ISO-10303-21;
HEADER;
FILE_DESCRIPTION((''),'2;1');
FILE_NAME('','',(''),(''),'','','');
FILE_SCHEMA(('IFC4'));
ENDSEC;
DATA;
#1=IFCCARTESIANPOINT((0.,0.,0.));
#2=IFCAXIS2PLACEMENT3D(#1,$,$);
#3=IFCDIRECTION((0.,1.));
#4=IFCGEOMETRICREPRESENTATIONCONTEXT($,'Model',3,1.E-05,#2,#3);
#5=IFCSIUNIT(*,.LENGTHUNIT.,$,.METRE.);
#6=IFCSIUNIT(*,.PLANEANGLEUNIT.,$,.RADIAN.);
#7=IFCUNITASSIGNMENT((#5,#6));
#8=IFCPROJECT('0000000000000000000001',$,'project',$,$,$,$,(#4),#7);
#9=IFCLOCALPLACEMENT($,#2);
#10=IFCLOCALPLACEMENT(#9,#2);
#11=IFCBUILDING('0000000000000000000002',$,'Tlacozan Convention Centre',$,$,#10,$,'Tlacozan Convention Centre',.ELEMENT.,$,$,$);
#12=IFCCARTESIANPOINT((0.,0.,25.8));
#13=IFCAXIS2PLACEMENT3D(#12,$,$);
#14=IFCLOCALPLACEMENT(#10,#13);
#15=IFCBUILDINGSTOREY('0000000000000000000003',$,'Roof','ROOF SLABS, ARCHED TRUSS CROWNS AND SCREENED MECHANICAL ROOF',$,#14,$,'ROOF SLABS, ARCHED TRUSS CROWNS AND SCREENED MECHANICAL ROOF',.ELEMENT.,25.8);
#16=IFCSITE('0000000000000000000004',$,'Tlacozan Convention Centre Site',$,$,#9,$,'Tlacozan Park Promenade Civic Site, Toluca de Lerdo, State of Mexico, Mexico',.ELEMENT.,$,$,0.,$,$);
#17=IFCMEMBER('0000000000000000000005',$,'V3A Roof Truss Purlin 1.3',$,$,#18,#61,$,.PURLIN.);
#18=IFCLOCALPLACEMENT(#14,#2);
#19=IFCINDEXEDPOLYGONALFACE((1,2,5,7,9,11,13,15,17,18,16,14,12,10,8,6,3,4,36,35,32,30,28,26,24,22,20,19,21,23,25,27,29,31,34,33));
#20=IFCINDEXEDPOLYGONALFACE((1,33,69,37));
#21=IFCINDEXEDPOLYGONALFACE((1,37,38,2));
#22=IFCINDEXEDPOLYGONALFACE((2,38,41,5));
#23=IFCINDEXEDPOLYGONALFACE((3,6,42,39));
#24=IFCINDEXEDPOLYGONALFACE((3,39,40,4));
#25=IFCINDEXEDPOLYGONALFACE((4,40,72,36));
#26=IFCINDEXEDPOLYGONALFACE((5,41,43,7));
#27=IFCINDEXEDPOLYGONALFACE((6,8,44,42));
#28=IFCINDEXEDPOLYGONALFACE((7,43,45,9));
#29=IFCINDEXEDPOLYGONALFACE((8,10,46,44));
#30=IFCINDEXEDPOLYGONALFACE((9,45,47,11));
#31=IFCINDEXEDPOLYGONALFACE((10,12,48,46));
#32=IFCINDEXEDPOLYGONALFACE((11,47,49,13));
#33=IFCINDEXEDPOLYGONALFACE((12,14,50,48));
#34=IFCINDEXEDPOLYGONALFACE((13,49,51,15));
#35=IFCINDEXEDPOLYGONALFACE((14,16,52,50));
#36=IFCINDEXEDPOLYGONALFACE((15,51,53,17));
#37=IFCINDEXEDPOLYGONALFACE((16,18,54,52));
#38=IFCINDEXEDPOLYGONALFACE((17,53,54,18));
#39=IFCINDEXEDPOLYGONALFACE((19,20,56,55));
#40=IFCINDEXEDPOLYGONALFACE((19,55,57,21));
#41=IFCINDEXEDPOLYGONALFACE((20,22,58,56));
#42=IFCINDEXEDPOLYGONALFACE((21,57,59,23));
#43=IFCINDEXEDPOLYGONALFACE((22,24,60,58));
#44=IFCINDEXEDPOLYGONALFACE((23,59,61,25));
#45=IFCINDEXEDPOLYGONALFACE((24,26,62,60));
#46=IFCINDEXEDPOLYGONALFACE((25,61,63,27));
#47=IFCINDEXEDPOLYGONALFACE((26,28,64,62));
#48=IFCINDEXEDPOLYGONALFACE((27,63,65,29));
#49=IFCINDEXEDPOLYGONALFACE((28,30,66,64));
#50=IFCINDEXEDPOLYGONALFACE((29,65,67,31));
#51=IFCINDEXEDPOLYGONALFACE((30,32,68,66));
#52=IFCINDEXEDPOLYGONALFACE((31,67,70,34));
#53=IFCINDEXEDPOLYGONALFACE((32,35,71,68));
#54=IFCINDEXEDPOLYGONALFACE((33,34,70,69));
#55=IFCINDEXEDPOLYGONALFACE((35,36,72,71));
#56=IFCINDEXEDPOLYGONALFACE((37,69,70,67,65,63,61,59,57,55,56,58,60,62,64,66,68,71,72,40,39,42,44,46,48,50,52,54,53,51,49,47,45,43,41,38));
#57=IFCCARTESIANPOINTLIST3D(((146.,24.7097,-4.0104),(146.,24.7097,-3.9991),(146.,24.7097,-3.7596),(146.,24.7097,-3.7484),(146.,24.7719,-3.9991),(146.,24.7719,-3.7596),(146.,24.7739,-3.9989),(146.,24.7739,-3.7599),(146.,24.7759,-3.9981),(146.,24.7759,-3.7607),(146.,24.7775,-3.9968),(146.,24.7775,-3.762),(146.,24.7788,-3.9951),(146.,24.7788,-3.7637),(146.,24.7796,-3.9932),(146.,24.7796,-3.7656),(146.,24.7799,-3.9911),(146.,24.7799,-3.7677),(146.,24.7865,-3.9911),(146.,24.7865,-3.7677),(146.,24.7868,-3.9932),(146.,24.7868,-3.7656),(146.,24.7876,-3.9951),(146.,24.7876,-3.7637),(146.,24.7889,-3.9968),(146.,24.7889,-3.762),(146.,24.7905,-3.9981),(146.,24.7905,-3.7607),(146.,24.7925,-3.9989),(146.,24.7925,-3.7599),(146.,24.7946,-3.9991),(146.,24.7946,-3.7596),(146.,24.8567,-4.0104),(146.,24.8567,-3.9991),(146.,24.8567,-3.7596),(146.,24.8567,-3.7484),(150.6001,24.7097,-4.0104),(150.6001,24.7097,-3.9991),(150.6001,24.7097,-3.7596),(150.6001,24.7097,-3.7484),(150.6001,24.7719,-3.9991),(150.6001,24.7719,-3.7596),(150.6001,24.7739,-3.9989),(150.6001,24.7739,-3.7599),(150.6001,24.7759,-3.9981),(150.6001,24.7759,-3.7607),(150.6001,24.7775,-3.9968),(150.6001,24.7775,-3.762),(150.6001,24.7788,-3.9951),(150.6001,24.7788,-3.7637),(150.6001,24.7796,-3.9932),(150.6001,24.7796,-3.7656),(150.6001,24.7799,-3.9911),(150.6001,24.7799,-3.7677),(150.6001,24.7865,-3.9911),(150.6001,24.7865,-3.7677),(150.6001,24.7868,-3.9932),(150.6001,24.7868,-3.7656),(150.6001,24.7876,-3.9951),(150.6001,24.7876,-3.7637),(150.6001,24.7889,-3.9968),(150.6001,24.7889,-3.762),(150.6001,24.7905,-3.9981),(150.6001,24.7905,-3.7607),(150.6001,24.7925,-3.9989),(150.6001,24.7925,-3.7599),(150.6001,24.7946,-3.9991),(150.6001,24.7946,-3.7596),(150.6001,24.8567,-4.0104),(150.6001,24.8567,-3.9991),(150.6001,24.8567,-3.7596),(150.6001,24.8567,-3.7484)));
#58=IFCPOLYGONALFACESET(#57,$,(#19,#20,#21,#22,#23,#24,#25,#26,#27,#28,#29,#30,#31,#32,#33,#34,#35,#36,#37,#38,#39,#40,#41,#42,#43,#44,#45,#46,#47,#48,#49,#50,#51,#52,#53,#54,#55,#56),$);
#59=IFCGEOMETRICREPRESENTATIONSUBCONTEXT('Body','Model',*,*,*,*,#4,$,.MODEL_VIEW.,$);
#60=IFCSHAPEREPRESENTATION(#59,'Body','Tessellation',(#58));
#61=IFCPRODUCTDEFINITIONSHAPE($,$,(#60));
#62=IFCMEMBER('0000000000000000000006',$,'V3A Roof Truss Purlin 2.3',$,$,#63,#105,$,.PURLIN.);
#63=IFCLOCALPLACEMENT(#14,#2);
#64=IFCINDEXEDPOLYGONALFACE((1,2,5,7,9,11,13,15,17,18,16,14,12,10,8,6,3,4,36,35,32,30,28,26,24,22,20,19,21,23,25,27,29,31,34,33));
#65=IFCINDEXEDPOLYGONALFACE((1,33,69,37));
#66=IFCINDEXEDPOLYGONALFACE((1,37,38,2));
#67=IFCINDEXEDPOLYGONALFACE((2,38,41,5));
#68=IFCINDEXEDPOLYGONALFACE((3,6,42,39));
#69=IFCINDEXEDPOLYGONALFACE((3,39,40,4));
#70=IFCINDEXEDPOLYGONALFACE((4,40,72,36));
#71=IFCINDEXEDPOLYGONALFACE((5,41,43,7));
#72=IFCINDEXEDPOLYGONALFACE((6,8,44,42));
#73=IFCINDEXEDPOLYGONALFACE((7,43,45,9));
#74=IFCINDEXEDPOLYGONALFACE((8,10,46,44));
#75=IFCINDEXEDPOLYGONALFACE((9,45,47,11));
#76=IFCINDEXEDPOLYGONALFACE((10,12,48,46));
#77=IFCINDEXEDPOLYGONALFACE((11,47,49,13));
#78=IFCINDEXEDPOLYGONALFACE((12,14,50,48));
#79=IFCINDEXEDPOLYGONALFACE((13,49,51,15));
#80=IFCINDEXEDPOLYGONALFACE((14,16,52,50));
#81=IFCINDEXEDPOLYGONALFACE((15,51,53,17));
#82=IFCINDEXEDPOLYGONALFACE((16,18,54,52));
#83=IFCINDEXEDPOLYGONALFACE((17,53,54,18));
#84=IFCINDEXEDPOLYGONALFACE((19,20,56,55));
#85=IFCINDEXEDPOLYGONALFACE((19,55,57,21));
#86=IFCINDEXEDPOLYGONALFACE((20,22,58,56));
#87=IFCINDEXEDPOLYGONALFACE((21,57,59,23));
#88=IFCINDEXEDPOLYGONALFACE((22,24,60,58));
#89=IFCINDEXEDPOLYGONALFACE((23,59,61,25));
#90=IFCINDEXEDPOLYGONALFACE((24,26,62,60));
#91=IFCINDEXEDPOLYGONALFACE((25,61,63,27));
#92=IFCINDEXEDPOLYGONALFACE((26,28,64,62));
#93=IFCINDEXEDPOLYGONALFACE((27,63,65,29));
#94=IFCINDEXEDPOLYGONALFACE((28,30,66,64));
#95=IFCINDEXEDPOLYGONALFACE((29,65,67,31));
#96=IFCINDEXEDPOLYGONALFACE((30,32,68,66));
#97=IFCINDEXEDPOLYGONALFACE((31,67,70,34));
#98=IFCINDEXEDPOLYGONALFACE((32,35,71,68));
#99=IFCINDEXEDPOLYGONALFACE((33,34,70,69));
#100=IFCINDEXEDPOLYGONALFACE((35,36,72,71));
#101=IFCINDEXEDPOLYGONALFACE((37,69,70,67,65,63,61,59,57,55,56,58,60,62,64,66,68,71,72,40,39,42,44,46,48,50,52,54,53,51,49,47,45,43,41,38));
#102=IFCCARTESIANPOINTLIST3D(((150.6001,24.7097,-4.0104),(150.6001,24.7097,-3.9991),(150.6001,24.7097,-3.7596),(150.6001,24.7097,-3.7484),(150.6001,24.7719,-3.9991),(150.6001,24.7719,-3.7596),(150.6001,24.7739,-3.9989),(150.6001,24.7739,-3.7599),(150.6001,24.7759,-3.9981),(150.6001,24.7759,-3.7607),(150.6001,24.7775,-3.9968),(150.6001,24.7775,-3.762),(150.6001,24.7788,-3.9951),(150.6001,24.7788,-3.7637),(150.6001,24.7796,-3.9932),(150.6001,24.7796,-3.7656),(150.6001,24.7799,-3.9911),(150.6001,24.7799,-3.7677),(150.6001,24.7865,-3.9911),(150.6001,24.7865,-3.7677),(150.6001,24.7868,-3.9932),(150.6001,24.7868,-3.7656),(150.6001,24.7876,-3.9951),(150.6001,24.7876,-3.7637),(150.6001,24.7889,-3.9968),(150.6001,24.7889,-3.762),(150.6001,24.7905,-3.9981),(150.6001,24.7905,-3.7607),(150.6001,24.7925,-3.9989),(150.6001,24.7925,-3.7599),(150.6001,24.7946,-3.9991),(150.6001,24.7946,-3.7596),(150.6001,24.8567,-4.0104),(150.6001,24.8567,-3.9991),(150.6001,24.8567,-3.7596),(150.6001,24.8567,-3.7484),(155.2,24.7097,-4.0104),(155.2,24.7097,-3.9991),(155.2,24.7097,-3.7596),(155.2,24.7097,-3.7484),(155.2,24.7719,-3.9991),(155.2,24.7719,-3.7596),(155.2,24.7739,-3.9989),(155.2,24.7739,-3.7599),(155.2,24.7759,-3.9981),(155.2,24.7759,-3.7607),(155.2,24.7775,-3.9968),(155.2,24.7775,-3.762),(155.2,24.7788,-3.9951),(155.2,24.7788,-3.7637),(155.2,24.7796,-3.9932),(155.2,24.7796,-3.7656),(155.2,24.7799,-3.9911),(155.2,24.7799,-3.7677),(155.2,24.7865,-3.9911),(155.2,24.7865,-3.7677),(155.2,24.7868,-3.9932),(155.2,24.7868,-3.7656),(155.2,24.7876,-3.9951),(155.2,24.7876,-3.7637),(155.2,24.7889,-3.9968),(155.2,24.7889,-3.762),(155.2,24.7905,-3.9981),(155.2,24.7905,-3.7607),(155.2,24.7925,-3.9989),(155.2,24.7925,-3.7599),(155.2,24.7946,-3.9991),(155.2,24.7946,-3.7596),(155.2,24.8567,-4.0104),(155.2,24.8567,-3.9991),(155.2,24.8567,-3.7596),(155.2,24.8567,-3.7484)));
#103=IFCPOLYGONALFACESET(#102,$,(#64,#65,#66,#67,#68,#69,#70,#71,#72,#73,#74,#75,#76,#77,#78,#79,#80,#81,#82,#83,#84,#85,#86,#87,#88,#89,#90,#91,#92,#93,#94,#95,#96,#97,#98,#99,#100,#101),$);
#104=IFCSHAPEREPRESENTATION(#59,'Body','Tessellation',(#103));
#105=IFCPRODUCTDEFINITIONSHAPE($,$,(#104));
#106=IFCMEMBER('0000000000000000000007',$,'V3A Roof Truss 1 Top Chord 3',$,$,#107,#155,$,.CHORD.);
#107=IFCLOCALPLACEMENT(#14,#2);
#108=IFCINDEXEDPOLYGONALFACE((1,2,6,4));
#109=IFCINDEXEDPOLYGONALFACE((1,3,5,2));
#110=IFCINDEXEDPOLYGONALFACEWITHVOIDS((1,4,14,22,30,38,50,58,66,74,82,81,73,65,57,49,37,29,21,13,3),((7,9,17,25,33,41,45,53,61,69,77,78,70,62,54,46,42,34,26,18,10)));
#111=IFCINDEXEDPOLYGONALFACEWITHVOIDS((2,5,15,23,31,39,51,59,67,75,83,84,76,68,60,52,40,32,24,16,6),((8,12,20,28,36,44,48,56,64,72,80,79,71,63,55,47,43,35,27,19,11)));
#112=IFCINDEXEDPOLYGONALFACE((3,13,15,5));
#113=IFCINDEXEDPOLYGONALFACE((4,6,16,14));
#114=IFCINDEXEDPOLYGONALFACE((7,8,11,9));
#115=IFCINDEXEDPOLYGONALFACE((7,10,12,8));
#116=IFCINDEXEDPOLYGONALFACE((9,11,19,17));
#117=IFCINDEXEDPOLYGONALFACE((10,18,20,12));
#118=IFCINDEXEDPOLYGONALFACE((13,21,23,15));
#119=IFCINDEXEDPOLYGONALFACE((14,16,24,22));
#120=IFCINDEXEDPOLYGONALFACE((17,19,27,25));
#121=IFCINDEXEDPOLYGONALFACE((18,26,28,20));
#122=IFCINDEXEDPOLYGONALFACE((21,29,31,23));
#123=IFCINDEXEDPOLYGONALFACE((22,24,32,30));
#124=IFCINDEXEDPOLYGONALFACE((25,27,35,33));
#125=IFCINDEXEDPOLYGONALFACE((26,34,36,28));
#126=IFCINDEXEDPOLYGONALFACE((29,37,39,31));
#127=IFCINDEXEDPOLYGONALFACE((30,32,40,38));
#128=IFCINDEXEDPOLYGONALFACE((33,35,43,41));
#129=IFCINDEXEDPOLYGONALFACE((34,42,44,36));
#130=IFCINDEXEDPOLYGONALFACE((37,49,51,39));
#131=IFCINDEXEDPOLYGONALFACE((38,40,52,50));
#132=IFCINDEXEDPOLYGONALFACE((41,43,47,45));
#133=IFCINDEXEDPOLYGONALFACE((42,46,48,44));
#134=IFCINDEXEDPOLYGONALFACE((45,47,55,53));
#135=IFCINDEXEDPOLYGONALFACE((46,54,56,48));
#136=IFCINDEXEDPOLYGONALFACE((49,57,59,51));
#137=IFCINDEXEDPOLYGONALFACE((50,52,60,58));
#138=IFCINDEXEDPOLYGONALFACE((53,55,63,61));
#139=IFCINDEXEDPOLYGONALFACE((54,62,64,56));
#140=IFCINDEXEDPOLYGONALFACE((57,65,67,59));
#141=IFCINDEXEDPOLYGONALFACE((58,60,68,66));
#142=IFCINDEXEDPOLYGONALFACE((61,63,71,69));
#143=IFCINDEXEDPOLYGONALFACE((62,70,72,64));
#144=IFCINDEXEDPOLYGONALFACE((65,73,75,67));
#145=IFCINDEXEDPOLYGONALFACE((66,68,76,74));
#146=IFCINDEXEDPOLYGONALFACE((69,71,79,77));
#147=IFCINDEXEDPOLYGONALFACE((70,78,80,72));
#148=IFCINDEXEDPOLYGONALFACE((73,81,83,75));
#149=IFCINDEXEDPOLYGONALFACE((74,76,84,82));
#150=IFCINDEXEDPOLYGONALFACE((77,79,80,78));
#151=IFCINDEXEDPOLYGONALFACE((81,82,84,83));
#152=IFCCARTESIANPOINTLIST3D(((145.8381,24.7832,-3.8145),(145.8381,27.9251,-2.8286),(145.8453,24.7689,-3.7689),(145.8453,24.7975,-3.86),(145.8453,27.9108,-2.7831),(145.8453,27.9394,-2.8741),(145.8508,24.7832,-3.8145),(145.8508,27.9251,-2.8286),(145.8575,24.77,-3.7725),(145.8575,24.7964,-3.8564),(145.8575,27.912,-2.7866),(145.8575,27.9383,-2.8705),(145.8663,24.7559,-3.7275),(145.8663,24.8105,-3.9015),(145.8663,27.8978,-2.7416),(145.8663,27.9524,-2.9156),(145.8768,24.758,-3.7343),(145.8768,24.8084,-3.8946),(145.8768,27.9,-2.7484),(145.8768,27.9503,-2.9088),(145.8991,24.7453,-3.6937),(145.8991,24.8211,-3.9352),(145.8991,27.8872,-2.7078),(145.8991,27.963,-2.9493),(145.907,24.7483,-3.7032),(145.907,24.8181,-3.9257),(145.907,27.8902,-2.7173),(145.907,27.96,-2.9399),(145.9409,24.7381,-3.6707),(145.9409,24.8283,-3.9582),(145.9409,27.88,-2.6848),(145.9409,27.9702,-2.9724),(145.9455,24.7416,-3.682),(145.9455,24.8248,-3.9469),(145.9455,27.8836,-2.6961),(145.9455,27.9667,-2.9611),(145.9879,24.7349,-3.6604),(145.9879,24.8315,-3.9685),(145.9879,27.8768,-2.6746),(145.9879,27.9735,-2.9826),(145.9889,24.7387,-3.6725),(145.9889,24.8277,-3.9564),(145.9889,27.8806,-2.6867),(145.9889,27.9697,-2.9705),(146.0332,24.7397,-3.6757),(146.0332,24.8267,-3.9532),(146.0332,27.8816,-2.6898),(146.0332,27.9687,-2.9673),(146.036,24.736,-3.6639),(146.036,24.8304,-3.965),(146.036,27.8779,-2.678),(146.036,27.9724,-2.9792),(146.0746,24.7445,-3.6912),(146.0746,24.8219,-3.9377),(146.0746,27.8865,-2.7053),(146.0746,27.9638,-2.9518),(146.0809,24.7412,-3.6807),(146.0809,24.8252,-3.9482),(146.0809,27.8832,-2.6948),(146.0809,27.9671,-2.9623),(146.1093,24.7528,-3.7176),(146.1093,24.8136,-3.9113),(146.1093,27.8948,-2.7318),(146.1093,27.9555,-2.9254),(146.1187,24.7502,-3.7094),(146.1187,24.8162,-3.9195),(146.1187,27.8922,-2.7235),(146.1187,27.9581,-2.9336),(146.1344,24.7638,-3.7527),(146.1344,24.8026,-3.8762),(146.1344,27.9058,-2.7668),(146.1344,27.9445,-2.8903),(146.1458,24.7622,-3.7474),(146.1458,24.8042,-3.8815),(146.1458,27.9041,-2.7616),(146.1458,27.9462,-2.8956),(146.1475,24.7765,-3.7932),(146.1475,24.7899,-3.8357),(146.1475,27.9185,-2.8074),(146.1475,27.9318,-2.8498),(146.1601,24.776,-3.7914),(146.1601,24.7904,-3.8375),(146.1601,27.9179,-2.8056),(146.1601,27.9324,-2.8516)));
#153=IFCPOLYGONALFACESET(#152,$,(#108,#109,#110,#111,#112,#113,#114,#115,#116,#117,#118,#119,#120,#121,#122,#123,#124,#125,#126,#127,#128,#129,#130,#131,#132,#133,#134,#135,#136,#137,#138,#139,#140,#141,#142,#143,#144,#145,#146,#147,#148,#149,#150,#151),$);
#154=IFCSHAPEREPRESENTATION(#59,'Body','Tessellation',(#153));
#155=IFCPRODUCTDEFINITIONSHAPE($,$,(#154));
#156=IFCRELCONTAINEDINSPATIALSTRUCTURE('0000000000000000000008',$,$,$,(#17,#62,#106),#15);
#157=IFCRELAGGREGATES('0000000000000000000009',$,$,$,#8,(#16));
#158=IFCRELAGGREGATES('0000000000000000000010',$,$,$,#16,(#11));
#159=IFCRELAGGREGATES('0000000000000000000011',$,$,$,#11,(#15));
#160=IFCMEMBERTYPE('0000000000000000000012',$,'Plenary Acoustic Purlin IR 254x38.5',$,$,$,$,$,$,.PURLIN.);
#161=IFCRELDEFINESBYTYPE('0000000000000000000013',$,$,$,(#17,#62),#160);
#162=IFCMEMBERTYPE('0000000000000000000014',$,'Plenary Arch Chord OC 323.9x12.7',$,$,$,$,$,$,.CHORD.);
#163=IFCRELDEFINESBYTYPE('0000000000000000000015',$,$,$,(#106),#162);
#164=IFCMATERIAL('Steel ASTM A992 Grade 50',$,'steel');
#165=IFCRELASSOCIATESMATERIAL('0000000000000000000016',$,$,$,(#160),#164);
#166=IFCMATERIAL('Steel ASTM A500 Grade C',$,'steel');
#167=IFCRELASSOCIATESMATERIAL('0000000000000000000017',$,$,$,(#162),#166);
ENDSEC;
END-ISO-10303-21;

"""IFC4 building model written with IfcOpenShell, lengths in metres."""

from ifc_helpers import new_model, si_unit, direction, frame, origin, origin_2d, place, context, subcontext, project, spatial, hollow_circle, i_section, extrude, material, material_profile, profile_set, type_object, element, save


model = new_model("IFC4")

# Units and contexts
model_context = context("Model", 3, precision=1e-05, world=origin(), true_north=direction((0.0, 1.0)))
body_context = subcontext(model_context, "Body", "Model", "MODEL_VIEW")
ifc_project = project(units=[si_unit("LENGTHUNIT", "METRE"), si_unit("PLANEANGLEUNIT", "RADIAN")], contexts=[model_context])

# Site, building, storey
site_placement = place(None, origin())
site = spatial("IfcSite", under=ifc_project, at=site_placement, Name="Tlacozan Convention Centre Site", LongName="Tlacozan Park Promenade Civic Site, Toluca de Lerdo, State of Mexico, Mexico", CompositionType="ELEMENT", RefElevation=0.0)
building_placement = place(site_placement, origin())
building = spatial("IfcBuilding", under=site, at=building_placement, Name="Tlacozan Convention Centre", LongName="Tlacozan Convention Centre", CompositionType="ELEMENT")
storey_placement = place(building_placement, frame((0.0, 0.0, 25.8)))
storey = spatial("IfcBuildingStorey", under=building, at=storey_placement, Name="Roof", Description="ROOF SLABS, ARCHED TRUSS CROWNS AND SCREENED MECHANICAL ROOF", LongName="ROOF SLABS, ARCHED TRUSS CROWNS AND SCREENED MECHANICAL ROOF", CompositionType="ELEMENT", Elevation=25.8)

# Members
ifc_material_1 = material(Name="Steel ASTM A992 Grade 50", Category="steel")
ifc_material_profile_1 = material_profile(ifc_material_1, i_section(OverallWidth=0.147, OverallDepth=0.262, WebThickness=0.0066, FlangeThickness=0.0112, FilletRadius=0.0081, at=origin_2d()), Name="IR 254x38.5")
ifc_profile_set_1 = profile_set([ifc_material_profile_1], Name="Steel ASTM A992 Grade 50")
member_type_1 = type_object("IfcMemberType", Name="Plenary Acoustic Purlin IR 254x38.5", PredefinedType="PURLIN", material=ifc_profile_set_1)
member_1_placement = place(storey_placement, frame((146.0, 24.7832, -3.8794), z_axis=(1.0, 0.0, 0.0), x_axis=(0.0, 1.0, 0.0)))
element("IfcMember", 1, at=member_1_placement, inside=storey, type_object=member_type_1, Name="V3A Roof Truss Purlin 1.3", PredefinedType="PURLIN", context=body_context, shape_type="SweptSolid", body=[
    extrude(i_section(OverallWidth=0.147, OverallDepth=0.262, WebThickness=0.0066, FlangeThickness=0.0112, FilletRadius=0.0081, at=origin_2d()), origin(), (0.0, 0.0, 1.0), 4.6001),
])
member_2_placement = place(storey_placement, frame((150.6001, 24.7832, -3.8794), z_axis=(1.0, 0.0, 0.0), x_axis=(0.0, 1.0, 0.0)))
element("IfcMember", 2, at=member_2_placement, inside=storey, type_object=member_type_1, Name="V3A Roof Truss Purlin 2.3", PredefinedType="PURLIN", context=body_context, shape_type="SweptSolid", body=[
    extrude(i_section(OverallWidth=0.147, OverallDepth=0.262, WebThickness=0.0066, FlangeThickness=0.0112, FilletRadius=0.0081, at=origin_2d()), origin(), (0.0, 0.0, 1.0), 4.5999),
])
ifc_material_2 = material(Name="Steel ASTM A500 Grade C", Category="steel")
ifc_material_profile_2 = material_profile(ifc_material_2, hollow_circle(Radius=0.1619, WallThickness=0.0127, at=origin_2d()), Name="OC 323.9x12.7")
ifc_profile_set_2 = profile_set([ifc_material_profile_2], Name="Steel ASTM A500 Grade C")
member_type_2 = type_object("IfcMemberType", Name="Plenary Arch Chord OC 323.9x12.7", PredefinedType="CHORD", material=ifc_profile_set_2)
for number, where, z_axis, x_axis, name in (
    (3, (146.0, 24.7832, -3.8145), (0.0, 0.954132, 0.299385), (-1.0, 0.0, 0.0), "V3A Roof Truss 1 Top Chord 3"),
):
    element("IfcMember", number, at=place(storey_placement, frame(where, z_axis=z_axis, x_axis=x_axis)), inside=storey, type_object=member_type_2, Name=name, PredefinedType="CHORD", context=body_context, shape_type="SweptSolid", body=[
        extrude(hollow_circle(Radius=0.1619, WallThickness=0.0127, at=origin_2d()), origin(), (0.0, 0.0, 1.0), 3.293),
    ])

save(model, "model.ifc")
